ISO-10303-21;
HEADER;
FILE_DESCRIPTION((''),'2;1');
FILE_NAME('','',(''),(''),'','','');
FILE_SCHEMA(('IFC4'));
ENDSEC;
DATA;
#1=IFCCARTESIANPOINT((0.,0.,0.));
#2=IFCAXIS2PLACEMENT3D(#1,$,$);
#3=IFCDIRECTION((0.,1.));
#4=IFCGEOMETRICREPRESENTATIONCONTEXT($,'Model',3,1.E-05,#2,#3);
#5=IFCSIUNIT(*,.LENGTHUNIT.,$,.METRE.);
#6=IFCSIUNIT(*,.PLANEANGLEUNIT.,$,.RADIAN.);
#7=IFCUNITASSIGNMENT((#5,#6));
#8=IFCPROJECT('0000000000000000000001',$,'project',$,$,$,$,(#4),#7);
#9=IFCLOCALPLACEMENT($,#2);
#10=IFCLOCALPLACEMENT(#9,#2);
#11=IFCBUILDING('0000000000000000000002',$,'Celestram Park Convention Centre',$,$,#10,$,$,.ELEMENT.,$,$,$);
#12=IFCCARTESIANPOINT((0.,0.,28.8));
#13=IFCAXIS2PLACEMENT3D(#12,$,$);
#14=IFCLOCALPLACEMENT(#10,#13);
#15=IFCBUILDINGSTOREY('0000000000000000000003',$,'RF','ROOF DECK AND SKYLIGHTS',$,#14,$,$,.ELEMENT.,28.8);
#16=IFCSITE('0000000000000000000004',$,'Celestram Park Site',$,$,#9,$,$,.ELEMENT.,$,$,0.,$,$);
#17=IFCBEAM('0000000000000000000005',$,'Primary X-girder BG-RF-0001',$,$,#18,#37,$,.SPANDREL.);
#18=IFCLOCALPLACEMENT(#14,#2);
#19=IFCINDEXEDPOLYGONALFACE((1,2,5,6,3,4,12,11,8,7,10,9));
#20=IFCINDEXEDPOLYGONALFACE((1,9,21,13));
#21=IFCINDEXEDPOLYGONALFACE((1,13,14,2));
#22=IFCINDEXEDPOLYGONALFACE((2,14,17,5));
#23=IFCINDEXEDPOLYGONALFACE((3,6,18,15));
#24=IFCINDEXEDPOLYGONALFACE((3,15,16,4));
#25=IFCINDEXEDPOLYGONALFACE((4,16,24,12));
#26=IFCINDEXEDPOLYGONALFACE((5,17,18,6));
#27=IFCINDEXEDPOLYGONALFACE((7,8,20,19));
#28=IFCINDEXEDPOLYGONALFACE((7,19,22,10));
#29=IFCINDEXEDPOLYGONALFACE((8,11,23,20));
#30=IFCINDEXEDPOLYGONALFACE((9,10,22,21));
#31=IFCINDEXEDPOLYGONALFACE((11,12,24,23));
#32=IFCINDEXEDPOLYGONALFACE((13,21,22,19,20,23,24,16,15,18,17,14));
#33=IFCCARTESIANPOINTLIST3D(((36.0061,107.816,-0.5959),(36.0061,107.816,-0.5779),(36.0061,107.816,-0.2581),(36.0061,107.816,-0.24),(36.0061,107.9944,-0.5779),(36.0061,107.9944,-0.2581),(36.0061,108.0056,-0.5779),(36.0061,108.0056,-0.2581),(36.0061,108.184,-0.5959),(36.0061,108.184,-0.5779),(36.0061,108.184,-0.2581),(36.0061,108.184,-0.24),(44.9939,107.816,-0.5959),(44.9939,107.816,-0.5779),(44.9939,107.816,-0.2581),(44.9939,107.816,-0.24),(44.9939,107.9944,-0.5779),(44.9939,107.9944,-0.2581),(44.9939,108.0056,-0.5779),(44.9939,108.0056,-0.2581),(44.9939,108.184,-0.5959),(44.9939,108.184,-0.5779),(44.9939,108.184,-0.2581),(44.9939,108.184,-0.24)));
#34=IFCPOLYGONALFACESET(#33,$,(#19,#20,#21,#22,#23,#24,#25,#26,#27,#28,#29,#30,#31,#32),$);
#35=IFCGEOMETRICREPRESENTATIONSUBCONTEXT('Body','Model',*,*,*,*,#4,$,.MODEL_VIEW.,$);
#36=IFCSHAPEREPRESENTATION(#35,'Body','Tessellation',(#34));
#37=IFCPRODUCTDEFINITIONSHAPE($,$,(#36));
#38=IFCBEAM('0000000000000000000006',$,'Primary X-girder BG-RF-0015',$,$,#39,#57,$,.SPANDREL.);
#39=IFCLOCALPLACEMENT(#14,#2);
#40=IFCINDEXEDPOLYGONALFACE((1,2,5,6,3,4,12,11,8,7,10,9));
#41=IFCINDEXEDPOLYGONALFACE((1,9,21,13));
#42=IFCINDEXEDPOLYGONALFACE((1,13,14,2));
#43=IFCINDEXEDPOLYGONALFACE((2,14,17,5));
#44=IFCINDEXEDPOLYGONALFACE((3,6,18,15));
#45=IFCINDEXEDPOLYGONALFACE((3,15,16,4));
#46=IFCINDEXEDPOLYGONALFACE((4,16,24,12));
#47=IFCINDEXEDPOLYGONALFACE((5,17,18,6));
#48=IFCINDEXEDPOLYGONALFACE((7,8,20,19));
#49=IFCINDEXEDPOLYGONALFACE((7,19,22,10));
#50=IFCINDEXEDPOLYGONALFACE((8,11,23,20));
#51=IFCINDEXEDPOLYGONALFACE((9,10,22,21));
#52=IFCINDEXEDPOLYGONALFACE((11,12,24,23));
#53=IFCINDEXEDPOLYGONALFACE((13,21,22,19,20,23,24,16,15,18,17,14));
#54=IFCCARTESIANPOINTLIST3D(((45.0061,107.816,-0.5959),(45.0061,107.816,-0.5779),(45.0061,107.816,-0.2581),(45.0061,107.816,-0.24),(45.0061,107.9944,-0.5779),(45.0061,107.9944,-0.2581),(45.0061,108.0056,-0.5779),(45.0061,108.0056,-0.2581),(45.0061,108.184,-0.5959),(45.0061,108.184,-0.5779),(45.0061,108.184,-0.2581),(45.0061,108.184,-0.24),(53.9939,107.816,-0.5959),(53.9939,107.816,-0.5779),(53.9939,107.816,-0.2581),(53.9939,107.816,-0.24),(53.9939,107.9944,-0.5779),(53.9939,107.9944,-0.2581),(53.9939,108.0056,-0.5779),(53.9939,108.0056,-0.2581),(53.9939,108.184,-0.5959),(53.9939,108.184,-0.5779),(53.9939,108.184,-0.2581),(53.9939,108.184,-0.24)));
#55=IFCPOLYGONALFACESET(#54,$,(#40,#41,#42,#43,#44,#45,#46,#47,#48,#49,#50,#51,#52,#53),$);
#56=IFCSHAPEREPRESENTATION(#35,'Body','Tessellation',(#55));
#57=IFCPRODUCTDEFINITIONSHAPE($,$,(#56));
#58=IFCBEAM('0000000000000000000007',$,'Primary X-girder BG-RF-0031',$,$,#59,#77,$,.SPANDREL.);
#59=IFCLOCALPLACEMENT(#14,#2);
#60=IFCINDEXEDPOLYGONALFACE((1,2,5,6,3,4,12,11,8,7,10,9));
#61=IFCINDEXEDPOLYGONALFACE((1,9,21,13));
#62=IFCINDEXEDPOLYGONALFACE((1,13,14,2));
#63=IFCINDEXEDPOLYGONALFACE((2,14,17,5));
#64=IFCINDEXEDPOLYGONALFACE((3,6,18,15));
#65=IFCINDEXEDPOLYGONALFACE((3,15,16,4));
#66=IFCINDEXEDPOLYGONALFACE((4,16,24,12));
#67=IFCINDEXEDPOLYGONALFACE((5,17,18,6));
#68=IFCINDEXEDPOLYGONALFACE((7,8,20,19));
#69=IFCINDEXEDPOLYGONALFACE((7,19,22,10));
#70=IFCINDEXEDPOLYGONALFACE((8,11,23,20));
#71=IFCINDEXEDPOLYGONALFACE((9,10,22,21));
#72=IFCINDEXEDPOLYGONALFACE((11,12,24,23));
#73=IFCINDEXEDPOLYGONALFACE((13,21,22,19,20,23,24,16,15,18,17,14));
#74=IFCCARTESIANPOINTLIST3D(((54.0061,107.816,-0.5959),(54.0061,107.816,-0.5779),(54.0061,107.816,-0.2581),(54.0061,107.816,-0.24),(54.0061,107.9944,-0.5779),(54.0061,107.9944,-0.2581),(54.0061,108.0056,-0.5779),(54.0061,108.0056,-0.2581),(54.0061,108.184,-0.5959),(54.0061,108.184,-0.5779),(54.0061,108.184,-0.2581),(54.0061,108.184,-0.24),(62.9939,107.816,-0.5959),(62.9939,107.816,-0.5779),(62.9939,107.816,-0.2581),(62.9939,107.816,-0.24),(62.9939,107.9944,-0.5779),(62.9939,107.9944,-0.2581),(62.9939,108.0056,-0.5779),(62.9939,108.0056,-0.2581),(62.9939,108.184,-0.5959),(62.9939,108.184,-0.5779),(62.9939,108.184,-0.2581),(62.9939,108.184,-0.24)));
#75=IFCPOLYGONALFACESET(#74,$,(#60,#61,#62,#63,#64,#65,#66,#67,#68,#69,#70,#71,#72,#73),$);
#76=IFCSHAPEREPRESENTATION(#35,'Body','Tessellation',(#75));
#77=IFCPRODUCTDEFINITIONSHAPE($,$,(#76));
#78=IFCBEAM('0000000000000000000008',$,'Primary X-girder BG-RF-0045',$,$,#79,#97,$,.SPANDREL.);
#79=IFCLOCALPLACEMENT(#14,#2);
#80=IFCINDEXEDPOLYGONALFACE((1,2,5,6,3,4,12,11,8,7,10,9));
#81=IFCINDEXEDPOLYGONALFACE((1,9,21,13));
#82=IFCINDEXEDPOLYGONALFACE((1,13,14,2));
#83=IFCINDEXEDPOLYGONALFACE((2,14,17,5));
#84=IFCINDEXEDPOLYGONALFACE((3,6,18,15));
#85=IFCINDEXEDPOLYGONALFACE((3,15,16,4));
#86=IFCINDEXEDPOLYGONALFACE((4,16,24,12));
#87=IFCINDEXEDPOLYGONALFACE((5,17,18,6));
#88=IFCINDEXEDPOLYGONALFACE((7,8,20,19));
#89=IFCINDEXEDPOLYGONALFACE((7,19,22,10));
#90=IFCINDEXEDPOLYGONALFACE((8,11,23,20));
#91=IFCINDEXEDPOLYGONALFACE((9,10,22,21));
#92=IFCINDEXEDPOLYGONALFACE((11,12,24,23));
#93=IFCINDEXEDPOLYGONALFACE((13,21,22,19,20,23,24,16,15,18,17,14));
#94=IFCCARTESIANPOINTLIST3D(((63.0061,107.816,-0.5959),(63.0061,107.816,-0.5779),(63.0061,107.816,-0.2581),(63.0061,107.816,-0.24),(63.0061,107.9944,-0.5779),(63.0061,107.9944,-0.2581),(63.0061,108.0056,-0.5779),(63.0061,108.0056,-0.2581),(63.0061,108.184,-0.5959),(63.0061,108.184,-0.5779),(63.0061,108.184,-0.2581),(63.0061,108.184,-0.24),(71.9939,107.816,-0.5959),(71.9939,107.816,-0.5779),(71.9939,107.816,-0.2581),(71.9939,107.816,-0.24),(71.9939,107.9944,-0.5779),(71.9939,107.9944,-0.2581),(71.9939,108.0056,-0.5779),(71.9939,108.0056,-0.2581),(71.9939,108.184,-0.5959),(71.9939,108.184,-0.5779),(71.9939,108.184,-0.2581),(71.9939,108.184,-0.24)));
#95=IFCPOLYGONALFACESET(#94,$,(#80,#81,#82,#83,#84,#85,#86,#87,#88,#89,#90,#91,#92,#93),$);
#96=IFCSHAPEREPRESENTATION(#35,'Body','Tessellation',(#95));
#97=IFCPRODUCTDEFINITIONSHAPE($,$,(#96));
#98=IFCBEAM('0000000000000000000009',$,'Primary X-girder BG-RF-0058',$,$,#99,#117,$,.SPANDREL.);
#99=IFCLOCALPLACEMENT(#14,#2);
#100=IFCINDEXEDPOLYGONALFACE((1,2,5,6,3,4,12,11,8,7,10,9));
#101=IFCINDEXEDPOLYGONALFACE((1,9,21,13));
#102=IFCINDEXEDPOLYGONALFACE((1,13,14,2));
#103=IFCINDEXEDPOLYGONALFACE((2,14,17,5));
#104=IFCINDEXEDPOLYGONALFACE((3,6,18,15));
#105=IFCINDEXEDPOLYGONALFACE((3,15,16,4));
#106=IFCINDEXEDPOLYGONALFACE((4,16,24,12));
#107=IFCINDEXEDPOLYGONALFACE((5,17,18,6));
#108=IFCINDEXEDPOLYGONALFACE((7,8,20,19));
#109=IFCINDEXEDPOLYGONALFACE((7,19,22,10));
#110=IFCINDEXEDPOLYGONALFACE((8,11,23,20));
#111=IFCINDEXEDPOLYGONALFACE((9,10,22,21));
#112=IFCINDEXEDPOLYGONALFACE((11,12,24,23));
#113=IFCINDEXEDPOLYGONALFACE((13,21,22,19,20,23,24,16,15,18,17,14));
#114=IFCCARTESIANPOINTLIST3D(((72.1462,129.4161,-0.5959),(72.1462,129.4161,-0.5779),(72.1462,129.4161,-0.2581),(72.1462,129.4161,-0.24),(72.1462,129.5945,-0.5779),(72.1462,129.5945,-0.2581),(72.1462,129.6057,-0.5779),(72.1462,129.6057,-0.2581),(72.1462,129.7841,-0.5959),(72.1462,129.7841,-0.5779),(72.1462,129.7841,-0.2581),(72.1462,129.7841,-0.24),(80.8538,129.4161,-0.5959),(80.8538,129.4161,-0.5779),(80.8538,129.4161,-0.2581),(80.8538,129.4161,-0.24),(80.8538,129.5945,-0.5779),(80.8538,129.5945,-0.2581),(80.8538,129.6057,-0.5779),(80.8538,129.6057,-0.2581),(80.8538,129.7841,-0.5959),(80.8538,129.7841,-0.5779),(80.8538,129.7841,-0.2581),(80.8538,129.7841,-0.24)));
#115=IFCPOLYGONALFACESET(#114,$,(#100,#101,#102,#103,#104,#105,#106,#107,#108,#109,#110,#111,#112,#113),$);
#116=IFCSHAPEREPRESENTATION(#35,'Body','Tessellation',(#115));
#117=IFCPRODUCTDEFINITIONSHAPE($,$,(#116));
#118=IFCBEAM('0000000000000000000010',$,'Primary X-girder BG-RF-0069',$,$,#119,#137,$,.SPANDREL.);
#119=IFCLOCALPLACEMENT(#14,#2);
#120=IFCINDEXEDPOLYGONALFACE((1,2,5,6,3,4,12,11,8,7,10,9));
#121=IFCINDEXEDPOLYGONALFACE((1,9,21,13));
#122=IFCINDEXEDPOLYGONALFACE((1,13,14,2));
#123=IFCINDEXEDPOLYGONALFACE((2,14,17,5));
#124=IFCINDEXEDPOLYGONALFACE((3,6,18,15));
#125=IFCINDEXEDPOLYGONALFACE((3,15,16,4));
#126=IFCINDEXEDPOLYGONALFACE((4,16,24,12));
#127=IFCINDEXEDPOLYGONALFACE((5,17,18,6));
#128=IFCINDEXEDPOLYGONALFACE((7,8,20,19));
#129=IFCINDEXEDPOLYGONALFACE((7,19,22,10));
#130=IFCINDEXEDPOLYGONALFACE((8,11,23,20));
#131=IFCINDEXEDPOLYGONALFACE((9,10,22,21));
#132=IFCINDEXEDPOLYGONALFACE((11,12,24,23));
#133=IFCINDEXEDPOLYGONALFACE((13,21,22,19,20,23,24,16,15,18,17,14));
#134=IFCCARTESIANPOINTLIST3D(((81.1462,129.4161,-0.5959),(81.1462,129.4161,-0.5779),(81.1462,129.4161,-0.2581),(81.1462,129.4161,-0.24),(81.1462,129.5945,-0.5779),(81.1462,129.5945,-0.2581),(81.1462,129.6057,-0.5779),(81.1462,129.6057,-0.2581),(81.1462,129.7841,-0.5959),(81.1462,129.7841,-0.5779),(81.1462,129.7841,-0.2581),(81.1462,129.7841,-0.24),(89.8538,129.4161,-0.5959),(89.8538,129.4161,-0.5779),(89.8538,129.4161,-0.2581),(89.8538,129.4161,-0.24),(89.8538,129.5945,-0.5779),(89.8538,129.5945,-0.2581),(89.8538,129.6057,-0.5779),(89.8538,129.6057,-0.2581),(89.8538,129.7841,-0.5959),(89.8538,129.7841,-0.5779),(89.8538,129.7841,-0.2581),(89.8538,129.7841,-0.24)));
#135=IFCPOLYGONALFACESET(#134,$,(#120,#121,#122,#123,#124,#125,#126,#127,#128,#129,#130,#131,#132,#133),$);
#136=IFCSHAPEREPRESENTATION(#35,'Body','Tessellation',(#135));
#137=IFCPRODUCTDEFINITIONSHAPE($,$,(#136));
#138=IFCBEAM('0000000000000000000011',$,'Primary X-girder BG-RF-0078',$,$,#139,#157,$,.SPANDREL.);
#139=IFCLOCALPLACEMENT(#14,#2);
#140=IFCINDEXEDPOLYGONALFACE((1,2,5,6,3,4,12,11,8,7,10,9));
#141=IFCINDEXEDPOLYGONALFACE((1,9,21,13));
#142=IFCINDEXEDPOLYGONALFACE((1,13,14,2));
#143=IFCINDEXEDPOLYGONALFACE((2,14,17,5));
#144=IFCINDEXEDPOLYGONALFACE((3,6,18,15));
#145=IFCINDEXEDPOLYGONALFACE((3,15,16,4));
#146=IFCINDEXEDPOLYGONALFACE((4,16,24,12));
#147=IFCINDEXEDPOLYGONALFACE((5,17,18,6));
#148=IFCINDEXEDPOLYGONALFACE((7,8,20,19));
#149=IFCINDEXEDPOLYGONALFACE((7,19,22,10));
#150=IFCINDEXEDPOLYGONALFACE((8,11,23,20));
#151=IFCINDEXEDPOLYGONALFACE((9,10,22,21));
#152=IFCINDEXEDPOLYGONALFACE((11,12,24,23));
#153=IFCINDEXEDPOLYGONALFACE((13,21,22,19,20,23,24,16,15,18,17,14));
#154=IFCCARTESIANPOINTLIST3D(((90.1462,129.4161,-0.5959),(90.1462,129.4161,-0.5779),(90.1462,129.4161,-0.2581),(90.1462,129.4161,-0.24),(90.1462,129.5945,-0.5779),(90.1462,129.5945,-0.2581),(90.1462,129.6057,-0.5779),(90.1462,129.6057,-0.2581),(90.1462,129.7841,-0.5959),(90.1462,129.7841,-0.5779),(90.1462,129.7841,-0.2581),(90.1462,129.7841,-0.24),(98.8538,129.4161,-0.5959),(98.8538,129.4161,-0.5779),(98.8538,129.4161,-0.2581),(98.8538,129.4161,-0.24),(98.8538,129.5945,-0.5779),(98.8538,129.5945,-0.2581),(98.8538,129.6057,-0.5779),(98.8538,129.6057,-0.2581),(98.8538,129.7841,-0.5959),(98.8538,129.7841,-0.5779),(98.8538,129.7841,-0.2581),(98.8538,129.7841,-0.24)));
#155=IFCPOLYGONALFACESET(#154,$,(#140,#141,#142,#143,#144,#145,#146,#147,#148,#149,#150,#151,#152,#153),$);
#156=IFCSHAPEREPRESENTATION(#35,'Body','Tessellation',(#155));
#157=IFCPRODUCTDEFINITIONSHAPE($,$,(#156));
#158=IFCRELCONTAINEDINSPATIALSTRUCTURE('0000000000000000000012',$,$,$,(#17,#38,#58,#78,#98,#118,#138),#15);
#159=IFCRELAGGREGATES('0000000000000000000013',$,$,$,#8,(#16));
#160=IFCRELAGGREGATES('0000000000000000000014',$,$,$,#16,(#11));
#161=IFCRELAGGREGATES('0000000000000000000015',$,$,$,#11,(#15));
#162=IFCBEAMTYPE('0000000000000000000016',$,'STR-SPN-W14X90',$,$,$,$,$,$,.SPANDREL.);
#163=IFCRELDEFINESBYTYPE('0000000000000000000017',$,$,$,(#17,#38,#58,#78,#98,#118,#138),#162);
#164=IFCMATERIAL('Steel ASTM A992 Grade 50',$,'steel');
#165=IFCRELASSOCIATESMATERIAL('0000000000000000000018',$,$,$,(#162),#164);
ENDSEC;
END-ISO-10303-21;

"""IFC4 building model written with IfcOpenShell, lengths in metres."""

from ifc_helpers import new_model, si_unit, direction, frame, origin, origin_2d, place, context, subcontext, project, spatial, i_section, extrude, material, material_profile, profile_set, type_object, element, save


model = new_model("IFC4")

# Units and contexts
model_context = context("Model", 3, precision=1e-05, world=origin(), true_north=direction((0.0, 1.0)))
body_context = subcontext(model_context, "Body", "Model", "MODEL_VIEW")
ifc_project = project(units=[si_unit("LENGTHUNIT", "METRE"), si_unit("PLANEANGLEUNIT", "RADIAN")], contexts=[model_context])

# Site, building, storey
site_placement = place(None, origin())
site = spatial("IfcSite", under=ifc_project, at=site_placement, Name="Celestram Park Site", CompositionType="ELEMENT", RefElevation=0.0)
building_placement = place(site_placement, origin())
building = spatial("IfcBuilding", under=site, at=building_placement, Name="Celestram Park Convention Centre", CompositionType="ELEMENT")
storey_placement = place(building_placement, frame((0.0, 0.0, 28.8)))
storey = spatial("IfcBuildingStorey", under=building, at=storey_placement, Name="RF", Description="ROOF DECK AND SKYLIGHTS", CompositionType="ELEMENT", Elevation=28.8)

# Beams
ifc_material_1 = material(Name="Steel ASTM A992 Grade 50", Category="steel")
ifc_material_profile_1 = material_profile(ifc_material_1, i_section(OverallWidth=0.3679, OverallDepth=0.356, WebThickness=0.0112, FlangeThickness=0.0181, at=origin_2d()), Name="W14X90")
ifc_profile_set_1 = profile_set([ifc_material_profile_1], Name="Steel ASTM A992 Grade 50")
beam_type_1 = type_object("IfcBeamType", Name="STR-SPN-W14X90", PredefinedType="SPANDREL", material=ifc_profile_set_1)
for number, where, z_axis, x_axis, name in (
    (1, (36.0061, 108.0, -0.418), (1.0, 0.0, 0.0), (0.0, 1.0, 0.0), "Primary X-girder BG-RF-0001"),
    (2, (45.0061, 108.0, -0.418), (1.0, 0.0, 0.0), (0.0, 1.0, 0.0), "Primary X-girder BG-RF-0015"),
    (3, (54.0061, 108.0, -0.418), (1.0, 0.0, 0.0), (0.0, 1.0, 0.0), "Primary X-girder BG-RF-0031"),
    (4, (63.0061, 108.0, -0.418), (1.0, 0.0, 0.0), (0.0, 1.0, 0.0), "Primary X-girder BG-RF-0045"),
):
    element("IfcBeam", number, at=place(storey_placement, frame(where, z_axis=z_axis, x_axis=x_axis)), inside=storey, type_object=beam_type_1, Name=name, PredefinedType="SPANDREL", context=body_context, shape_type="SweptSolid", body=[
        extrude(i_section(OverallWidth=0.3679, OverallDepth=0.356, WebThickness=0.0112, FlangeThickness=0.0181, at=origin_2d()), origin(), (0.0, 0.0, 1.0), 8.9878),
    ])
for number, where, z_axis, x_axis, name in (
    (5, (72.1462, 129.6001, -0.418), (1.0, 0.0, 0.0), (0.0, 1.0, 0.0), "Primary X-girder BG-RF-0058"),
    (6, (81.1462, 129.6001, -0.418), (1.0, 0.0, 0.0), (0.0, 1.0, 0.0), "Primary X-girder BG-RF-0069"),
    (7, (90.1462, 129.6001, -0.418), (1.0, 0.0, 0.0), (0.0, 1.0, 0.0), "Primary X-girder BG-RF-0078"),
):
    element("IfcBeam", number, at=place(storey_placement, frame(where, z_axis=z_axis, x_axis=x_axis)), inside=storey, type_object=beam_type_1, Name=name, PredefinedType="SPANDREL", context=body_context, shape_type="SweptSolid", body=[
        extrude(i_section(OverallWidth=0.3679, OverallDepth=0.356, WebThickness=0.0112, FlangeThickness=0.0181, at=origin_2d()), origin(), (0.0, 0.0, 1.0), 8.7075),
    ])

save(model, "model.ifc")
